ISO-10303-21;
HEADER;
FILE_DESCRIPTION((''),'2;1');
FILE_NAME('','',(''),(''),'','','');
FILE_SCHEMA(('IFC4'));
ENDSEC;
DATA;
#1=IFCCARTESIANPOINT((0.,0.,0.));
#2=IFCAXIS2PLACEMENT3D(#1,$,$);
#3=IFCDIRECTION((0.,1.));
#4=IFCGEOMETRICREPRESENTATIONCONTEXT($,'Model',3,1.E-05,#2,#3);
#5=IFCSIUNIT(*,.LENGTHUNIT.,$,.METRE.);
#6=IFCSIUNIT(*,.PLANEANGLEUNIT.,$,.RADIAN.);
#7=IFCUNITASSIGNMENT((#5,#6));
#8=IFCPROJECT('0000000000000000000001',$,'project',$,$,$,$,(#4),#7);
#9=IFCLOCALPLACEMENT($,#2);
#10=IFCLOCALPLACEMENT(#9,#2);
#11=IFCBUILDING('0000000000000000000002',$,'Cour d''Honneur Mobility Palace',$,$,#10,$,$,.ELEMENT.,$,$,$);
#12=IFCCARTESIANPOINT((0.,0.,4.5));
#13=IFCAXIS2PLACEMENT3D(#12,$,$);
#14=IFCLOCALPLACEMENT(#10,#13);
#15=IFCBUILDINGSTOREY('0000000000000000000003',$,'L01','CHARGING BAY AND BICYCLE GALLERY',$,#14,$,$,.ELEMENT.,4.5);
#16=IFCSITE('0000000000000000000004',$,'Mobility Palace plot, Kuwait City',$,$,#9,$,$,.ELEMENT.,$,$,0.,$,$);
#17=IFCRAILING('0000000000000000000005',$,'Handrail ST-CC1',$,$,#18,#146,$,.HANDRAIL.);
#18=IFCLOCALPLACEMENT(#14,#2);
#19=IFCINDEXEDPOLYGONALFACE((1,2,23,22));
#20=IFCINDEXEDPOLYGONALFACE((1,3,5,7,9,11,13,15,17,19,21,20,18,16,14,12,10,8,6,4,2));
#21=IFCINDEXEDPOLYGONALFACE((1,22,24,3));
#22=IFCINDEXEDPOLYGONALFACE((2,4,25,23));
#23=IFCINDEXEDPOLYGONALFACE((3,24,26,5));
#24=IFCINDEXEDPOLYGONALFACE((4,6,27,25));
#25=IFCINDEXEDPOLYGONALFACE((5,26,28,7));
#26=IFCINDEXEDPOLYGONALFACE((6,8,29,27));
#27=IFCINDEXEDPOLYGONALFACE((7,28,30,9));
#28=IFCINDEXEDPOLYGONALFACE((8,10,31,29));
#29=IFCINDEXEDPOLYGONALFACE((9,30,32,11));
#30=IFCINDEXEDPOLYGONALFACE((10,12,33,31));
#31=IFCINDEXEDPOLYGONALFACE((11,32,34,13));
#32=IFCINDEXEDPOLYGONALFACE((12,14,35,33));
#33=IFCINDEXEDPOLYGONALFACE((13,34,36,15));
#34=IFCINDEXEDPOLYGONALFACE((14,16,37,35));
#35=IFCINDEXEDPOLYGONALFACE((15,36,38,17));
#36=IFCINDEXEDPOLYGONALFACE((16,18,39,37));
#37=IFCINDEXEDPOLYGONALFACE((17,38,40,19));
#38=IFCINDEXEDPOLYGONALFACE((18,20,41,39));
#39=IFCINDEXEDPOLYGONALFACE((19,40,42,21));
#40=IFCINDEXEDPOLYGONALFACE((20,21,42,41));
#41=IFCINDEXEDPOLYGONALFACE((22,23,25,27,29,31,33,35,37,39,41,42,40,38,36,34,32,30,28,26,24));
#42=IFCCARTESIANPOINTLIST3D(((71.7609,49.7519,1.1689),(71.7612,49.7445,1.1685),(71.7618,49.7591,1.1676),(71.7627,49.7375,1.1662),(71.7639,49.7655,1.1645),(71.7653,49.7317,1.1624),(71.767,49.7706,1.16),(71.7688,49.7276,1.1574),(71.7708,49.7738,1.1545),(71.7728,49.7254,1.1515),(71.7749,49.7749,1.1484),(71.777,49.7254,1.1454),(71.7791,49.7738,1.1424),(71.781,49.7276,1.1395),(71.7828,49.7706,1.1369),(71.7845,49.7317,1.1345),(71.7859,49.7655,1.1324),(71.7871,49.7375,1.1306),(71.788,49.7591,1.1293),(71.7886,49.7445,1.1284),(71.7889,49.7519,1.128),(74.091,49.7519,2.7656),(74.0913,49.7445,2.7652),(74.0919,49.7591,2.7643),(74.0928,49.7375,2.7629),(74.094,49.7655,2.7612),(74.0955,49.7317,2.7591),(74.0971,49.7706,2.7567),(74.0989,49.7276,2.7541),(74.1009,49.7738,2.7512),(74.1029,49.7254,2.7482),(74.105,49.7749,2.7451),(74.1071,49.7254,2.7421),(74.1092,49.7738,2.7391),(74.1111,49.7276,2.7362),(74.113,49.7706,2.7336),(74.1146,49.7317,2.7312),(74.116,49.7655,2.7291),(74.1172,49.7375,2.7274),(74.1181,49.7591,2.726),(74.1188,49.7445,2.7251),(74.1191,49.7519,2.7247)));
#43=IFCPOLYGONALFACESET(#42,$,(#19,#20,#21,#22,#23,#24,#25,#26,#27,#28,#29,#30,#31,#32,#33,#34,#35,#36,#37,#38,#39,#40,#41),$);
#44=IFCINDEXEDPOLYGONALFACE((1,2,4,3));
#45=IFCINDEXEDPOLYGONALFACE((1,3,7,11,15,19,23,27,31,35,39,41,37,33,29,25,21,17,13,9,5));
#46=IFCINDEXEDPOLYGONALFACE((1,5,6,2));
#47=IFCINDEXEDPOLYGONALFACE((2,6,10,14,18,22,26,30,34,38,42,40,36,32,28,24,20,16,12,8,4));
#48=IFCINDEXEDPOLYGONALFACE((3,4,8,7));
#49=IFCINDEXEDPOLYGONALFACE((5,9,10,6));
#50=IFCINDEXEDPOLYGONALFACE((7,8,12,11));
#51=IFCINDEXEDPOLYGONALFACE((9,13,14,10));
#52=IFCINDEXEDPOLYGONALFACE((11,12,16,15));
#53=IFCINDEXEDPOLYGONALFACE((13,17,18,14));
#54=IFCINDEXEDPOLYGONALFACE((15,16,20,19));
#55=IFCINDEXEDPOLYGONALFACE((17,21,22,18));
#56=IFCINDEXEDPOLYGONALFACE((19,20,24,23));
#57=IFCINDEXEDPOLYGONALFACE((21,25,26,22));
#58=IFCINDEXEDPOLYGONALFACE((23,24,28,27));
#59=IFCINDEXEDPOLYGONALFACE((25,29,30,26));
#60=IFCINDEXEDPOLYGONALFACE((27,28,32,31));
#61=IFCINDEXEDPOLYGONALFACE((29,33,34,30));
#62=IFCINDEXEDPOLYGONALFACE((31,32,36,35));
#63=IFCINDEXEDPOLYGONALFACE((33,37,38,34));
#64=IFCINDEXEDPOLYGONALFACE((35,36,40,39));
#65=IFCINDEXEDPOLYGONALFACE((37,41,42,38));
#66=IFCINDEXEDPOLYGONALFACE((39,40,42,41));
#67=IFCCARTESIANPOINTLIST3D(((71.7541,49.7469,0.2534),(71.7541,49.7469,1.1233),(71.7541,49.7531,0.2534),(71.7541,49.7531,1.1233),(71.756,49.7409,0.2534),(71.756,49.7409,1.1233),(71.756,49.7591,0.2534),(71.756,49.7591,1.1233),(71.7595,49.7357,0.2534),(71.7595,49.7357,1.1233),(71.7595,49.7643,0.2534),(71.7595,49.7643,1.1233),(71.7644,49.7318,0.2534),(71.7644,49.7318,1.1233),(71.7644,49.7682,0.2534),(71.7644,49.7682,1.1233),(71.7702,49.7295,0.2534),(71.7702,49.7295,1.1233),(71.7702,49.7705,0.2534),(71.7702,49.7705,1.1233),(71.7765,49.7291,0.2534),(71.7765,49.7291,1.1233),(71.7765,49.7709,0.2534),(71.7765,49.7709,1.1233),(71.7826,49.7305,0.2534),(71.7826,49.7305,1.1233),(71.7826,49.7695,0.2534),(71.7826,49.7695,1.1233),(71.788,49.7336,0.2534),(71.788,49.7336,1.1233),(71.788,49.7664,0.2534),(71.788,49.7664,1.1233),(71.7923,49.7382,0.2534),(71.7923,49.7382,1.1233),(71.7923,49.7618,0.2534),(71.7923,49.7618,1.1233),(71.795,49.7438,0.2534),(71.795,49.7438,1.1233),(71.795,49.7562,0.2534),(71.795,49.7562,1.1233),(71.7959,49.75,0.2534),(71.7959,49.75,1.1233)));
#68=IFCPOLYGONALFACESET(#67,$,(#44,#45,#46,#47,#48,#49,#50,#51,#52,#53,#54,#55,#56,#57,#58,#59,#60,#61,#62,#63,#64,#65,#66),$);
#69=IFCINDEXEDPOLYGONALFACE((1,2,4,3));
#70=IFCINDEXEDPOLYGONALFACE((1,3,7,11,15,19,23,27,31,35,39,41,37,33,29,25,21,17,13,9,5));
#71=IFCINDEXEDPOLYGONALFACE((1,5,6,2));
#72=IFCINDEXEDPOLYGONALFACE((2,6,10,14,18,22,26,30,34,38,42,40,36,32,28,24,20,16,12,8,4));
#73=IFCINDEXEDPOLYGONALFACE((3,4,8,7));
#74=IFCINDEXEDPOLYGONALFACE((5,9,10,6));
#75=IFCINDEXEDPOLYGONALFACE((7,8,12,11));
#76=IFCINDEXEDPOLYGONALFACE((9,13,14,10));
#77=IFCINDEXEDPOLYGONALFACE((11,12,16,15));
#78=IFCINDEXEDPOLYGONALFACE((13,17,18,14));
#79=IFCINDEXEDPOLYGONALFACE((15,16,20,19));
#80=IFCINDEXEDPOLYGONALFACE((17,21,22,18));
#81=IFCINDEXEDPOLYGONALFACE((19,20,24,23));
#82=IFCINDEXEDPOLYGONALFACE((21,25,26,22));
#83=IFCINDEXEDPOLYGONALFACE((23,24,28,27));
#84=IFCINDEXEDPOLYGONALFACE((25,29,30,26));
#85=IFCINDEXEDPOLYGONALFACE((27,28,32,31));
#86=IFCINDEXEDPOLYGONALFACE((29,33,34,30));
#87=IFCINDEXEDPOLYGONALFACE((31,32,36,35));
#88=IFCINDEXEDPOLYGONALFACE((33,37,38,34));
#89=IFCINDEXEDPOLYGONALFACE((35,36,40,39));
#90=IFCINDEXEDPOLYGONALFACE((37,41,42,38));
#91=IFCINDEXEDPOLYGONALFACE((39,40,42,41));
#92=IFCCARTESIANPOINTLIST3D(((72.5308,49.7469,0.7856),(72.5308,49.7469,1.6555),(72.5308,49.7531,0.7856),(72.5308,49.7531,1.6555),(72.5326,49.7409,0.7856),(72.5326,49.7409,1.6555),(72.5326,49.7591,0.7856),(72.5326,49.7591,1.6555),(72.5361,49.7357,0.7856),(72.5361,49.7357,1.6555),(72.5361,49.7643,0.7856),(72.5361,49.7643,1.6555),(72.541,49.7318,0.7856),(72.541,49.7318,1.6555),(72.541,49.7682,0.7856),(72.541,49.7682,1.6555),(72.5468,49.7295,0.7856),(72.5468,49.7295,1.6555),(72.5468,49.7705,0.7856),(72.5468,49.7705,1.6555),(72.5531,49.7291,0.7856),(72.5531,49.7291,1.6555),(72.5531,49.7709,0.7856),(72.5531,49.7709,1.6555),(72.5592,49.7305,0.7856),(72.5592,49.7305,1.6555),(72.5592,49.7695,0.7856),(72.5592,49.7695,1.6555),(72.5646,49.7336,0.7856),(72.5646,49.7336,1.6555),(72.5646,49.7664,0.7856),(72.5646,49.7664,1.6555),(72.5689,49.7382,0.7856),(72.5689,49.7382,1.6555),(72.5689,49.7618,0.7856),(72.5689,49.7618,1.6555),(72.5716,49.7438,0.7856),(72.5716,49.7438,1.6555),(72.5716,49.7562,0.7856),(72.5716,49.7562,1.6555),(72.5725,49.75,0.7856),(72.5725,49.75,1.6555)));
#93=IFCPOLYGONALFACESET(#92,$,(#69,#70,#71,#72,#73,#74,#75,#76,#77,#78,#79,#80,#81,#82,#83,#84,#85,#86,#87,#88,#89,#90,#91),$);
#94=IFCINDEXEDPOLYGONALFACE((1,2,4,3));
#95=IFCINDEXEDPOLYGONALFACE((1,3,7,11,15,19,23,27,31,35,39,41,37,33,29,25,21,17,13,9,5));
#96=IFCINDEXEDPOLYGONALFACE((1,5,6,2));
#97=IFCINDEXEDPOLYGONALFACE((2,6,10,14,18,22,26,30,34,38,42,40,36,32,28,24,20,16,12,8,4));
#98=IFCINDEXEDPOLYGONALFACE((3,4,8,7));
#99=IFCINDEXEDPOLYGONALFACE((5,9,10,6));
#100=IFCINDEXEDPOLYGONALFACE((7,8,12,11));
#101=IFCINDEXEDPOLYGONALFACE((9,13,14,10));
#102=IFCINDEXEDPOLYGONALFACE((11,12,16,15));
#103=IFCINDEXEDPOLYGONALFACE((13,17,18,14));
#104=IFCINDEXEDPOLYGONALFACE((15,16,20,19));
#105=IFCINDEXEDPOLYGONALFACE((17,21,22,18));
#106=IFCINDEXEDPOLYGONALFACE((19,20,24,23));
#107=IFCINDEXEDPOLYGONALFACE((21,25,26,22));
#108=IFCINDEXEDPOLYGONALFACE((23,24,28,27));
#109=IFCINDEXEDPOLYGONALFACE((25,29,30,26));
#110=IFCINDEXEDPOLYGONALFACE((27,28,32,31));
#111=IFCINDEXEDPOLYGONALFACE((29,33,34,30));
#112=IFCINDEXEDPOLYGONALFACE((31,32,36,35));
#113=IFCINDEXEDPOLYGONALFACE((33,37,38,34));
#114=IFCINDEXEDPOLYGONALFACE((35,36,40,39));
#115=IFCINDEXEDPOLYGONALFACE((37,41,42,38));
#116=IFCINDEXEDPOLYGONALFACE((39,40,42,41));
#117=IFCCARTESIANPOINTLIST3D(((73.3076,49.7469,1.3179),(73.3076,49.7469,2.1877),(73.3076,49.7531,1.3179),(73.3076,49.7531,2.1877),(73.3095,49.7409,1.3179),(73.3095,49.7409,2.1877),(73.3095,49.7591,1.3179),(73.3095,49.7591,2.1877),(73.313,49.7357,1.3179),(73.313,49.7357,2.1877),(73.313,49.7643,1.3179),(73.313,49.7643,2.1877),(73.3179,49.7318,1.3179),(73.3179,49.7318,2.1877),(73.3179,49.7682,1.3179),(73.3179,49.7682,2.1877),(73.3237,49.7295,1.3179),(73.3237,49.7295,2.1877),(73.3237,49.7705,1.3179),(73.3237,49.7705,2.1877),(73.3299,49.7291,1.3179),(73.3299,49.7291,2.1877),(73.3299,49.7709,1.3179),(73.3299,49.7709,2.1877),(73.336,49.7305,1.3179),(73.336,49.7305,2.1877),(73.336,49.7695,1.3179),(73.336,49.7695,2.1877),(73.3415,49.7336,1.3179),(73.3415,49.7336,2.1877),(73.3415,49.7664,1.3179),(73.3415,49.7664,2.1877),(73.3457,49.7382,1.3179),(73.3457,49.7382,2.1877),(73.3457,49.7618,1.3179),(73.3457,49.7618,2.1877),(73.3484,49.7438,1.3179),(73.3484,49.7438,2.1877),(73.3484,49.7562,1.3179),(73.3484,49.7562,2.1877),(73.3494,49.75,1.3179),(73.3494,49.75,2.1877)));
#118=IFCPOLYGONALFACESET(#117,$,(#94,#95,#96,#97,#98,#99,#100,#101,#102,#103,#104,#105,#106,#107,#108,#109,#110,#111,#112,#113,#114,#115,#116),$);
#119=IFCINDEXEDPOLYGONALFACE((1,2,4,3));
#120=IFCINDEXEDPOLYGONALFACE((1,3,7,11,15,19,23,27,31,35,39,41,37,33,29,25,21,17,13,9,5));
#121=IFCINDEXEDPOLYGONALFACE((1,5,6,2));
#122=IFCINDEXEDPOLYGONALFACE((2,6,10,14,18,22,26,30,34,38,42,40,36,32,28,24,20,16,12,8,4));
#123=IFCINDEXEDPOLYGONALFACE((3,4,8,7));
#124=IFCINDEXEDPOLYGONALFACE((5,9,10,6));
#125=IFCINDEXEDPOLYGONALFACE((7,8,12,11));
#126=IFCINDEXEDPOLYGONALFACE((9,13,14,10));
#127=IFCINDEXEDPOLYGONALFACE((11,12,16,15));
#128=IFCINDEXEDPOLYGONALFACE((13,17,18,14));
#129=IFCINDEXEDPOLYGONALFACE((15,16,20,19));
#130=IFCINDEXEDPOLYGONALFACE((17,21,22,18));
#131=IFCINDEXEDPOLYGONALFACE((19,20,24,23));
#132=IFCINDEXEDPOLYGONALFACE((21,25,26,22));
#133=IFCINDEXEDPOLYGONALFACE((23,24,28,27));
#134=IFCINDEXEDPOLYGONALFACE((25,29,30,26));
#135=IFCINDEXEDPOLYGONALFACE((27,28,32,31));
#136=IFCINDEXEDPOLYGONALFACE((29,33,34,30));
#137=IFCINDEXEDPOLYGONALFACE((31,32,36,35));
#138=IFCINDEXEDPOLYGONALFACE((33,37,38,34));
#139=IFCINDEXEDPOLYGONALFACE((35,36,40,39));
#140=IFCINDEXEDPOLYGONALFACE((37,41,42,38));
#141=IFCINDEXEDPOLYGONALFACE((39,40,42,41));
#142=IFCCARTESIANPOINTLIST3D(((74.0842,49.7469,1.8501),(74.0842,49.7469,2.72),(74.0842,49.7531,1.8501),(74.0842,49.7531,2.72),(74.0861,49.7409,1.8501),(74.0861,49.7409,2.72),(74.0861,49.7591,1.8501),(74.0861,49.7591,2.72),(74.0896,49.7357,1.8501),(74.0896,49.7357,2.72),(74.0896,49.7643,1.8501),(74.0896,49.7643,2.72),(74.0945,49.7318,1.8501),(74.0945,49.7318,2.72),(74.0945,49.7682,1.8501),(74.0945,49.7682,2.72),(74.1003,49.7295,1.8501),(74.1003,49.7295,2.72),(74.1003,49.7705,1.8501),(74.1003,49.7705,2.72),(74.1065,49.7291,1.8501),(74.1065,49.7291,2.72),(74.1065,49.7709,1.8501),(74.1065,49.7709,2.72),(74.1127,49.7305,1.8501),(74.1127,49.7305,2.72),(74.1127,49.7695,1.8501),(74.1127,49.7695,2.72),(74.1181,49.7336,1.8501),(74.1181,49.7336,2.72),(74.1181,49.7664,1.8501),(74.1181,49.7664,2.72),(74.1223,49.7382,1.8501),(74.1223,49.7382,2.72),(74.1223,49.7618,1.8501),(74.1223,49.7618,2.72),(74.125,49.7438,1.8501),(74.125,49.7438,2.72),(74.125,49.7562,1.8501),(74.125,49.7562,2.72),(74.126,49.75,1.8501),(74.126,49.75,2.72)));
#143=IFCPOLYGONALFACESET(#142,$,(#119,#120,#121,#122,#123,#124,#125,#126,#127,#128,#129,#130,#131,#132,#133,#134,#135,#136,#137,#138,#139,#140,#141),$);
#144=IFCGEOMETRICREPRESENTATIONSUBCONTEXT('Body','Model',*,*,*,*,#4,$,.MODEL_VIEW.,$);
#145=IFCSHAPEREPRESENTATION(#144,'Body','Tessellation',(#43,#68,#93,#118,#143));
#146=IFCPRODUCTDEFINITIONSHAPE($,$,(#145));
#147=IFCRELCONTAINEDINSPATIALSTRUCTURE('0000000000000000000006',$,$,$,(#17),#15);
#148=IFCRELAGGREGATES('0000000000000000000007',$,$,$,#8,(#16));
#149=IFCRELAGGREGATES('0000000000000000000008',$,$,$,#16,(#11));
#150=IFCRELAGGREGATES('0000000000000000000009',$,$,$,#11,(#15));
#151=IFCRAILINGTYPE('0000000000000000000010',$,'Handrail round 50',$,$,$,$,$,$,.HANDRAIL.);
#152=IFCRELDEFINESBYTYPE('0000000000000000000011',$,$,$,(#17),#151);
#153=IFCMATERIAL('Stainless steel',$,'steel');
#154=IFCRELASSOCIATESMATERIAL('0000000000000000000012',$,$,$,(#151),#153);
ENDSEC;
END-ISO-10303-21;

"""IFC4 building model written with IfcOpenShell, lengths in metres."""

from ifc_helpers import new_model, si_unit, direction, frame, origin, origin_2d, place, context, subcontext, project, spatial, circle, extrude, material, type_object, element, save


model = new_model("IFC4")

# Units and contexts
model_context = context("Model", 3, precision=1e-05, world=origin(), true_north=direction((0.0, 1.0)))
body_context = subcontext(model_context, "Body", "Model", "MODEL_VIEW")
ifc_project = project(units=[si_unit("LENGTHUNIT", "METRE"), si_unit("PLANEANGLEUNIT", "RADIAN")], contexts=[model_context])

# Site, building, storey
site_placement = place(None, origin())
site = spatial("IfcSite", under=ifc_project, at=site_placement, Name="Mobility Palace plot, Kuwait City", CompositionType="ELEMENT", RefElevation=0.0)
building_placement = place(site_placement, origin())
building = spatial("IfcBuilding", under=site, at=building_placement, Name="Cour d'Honneur Mobility Palace", CompositionType="ELEMENT")
storey_placement = place(building_placement, frame((0.0, 0.0, 4.5)))
storey = spatial("IfcBuildingStorey", under=building, at=storey_placement, Name="L01", Description="CHARGING BAY AND BICYCLE GALLERY", CompositionType="ELEMENT", Elevation=4.5)

# Railing
ifc_material_1 = material(Name="Stainless steel", Category="steel")
railing_type_1 = type_object("IfcRailingType", Name="Handrail round 50", PredefinedType="HANDRAIL", material=ifc_material_1)
railing_1_placement = place(storey_placement, frame((71.7749, 49.75, 0.2534)))
element("IfcRailing", 1, at=railing_1_placement, inside=storey, type_object=railing_type_1, Name="Handrail ST-CC1", PredefinedType="HANDRAIL", context=body_context, shape_type="SweptSolid", body=[
    extrude(circle(Radius=0.0249, at=origin_2d()), frame((0.0, 0.0, 0.895), z_axis=(0.824908, 0.0, 0.565266), x_axis=(0.0, 1.0, 0.0)), (0.0, 0.0, 1.0), 2.8247),
    extrude(circle(Radius=0.021, at=origin_2d()), origin(), (0.0, 0.0, 1.0), 0.8699),
    extrude(circle(Radius=0.021, at=origin_2d()), frame((0.7766, 0.0, 0.5322)), (0.0, 0.0, 1.0), 0.8699),
    extrude(circle(Radius=0.021, at=origin_2d()), frame((1.5535, 0.0, 1.0645)), (0.0, 0.0, 1.0), 0.8699),
    extrude(circle(Radius=0.021, at=origin_2d()), frame((2.3301, 0.0, 1.5967)), (0.0, 0.0, 1.0), 0.8699),
])

save(model, "model.ifc")
